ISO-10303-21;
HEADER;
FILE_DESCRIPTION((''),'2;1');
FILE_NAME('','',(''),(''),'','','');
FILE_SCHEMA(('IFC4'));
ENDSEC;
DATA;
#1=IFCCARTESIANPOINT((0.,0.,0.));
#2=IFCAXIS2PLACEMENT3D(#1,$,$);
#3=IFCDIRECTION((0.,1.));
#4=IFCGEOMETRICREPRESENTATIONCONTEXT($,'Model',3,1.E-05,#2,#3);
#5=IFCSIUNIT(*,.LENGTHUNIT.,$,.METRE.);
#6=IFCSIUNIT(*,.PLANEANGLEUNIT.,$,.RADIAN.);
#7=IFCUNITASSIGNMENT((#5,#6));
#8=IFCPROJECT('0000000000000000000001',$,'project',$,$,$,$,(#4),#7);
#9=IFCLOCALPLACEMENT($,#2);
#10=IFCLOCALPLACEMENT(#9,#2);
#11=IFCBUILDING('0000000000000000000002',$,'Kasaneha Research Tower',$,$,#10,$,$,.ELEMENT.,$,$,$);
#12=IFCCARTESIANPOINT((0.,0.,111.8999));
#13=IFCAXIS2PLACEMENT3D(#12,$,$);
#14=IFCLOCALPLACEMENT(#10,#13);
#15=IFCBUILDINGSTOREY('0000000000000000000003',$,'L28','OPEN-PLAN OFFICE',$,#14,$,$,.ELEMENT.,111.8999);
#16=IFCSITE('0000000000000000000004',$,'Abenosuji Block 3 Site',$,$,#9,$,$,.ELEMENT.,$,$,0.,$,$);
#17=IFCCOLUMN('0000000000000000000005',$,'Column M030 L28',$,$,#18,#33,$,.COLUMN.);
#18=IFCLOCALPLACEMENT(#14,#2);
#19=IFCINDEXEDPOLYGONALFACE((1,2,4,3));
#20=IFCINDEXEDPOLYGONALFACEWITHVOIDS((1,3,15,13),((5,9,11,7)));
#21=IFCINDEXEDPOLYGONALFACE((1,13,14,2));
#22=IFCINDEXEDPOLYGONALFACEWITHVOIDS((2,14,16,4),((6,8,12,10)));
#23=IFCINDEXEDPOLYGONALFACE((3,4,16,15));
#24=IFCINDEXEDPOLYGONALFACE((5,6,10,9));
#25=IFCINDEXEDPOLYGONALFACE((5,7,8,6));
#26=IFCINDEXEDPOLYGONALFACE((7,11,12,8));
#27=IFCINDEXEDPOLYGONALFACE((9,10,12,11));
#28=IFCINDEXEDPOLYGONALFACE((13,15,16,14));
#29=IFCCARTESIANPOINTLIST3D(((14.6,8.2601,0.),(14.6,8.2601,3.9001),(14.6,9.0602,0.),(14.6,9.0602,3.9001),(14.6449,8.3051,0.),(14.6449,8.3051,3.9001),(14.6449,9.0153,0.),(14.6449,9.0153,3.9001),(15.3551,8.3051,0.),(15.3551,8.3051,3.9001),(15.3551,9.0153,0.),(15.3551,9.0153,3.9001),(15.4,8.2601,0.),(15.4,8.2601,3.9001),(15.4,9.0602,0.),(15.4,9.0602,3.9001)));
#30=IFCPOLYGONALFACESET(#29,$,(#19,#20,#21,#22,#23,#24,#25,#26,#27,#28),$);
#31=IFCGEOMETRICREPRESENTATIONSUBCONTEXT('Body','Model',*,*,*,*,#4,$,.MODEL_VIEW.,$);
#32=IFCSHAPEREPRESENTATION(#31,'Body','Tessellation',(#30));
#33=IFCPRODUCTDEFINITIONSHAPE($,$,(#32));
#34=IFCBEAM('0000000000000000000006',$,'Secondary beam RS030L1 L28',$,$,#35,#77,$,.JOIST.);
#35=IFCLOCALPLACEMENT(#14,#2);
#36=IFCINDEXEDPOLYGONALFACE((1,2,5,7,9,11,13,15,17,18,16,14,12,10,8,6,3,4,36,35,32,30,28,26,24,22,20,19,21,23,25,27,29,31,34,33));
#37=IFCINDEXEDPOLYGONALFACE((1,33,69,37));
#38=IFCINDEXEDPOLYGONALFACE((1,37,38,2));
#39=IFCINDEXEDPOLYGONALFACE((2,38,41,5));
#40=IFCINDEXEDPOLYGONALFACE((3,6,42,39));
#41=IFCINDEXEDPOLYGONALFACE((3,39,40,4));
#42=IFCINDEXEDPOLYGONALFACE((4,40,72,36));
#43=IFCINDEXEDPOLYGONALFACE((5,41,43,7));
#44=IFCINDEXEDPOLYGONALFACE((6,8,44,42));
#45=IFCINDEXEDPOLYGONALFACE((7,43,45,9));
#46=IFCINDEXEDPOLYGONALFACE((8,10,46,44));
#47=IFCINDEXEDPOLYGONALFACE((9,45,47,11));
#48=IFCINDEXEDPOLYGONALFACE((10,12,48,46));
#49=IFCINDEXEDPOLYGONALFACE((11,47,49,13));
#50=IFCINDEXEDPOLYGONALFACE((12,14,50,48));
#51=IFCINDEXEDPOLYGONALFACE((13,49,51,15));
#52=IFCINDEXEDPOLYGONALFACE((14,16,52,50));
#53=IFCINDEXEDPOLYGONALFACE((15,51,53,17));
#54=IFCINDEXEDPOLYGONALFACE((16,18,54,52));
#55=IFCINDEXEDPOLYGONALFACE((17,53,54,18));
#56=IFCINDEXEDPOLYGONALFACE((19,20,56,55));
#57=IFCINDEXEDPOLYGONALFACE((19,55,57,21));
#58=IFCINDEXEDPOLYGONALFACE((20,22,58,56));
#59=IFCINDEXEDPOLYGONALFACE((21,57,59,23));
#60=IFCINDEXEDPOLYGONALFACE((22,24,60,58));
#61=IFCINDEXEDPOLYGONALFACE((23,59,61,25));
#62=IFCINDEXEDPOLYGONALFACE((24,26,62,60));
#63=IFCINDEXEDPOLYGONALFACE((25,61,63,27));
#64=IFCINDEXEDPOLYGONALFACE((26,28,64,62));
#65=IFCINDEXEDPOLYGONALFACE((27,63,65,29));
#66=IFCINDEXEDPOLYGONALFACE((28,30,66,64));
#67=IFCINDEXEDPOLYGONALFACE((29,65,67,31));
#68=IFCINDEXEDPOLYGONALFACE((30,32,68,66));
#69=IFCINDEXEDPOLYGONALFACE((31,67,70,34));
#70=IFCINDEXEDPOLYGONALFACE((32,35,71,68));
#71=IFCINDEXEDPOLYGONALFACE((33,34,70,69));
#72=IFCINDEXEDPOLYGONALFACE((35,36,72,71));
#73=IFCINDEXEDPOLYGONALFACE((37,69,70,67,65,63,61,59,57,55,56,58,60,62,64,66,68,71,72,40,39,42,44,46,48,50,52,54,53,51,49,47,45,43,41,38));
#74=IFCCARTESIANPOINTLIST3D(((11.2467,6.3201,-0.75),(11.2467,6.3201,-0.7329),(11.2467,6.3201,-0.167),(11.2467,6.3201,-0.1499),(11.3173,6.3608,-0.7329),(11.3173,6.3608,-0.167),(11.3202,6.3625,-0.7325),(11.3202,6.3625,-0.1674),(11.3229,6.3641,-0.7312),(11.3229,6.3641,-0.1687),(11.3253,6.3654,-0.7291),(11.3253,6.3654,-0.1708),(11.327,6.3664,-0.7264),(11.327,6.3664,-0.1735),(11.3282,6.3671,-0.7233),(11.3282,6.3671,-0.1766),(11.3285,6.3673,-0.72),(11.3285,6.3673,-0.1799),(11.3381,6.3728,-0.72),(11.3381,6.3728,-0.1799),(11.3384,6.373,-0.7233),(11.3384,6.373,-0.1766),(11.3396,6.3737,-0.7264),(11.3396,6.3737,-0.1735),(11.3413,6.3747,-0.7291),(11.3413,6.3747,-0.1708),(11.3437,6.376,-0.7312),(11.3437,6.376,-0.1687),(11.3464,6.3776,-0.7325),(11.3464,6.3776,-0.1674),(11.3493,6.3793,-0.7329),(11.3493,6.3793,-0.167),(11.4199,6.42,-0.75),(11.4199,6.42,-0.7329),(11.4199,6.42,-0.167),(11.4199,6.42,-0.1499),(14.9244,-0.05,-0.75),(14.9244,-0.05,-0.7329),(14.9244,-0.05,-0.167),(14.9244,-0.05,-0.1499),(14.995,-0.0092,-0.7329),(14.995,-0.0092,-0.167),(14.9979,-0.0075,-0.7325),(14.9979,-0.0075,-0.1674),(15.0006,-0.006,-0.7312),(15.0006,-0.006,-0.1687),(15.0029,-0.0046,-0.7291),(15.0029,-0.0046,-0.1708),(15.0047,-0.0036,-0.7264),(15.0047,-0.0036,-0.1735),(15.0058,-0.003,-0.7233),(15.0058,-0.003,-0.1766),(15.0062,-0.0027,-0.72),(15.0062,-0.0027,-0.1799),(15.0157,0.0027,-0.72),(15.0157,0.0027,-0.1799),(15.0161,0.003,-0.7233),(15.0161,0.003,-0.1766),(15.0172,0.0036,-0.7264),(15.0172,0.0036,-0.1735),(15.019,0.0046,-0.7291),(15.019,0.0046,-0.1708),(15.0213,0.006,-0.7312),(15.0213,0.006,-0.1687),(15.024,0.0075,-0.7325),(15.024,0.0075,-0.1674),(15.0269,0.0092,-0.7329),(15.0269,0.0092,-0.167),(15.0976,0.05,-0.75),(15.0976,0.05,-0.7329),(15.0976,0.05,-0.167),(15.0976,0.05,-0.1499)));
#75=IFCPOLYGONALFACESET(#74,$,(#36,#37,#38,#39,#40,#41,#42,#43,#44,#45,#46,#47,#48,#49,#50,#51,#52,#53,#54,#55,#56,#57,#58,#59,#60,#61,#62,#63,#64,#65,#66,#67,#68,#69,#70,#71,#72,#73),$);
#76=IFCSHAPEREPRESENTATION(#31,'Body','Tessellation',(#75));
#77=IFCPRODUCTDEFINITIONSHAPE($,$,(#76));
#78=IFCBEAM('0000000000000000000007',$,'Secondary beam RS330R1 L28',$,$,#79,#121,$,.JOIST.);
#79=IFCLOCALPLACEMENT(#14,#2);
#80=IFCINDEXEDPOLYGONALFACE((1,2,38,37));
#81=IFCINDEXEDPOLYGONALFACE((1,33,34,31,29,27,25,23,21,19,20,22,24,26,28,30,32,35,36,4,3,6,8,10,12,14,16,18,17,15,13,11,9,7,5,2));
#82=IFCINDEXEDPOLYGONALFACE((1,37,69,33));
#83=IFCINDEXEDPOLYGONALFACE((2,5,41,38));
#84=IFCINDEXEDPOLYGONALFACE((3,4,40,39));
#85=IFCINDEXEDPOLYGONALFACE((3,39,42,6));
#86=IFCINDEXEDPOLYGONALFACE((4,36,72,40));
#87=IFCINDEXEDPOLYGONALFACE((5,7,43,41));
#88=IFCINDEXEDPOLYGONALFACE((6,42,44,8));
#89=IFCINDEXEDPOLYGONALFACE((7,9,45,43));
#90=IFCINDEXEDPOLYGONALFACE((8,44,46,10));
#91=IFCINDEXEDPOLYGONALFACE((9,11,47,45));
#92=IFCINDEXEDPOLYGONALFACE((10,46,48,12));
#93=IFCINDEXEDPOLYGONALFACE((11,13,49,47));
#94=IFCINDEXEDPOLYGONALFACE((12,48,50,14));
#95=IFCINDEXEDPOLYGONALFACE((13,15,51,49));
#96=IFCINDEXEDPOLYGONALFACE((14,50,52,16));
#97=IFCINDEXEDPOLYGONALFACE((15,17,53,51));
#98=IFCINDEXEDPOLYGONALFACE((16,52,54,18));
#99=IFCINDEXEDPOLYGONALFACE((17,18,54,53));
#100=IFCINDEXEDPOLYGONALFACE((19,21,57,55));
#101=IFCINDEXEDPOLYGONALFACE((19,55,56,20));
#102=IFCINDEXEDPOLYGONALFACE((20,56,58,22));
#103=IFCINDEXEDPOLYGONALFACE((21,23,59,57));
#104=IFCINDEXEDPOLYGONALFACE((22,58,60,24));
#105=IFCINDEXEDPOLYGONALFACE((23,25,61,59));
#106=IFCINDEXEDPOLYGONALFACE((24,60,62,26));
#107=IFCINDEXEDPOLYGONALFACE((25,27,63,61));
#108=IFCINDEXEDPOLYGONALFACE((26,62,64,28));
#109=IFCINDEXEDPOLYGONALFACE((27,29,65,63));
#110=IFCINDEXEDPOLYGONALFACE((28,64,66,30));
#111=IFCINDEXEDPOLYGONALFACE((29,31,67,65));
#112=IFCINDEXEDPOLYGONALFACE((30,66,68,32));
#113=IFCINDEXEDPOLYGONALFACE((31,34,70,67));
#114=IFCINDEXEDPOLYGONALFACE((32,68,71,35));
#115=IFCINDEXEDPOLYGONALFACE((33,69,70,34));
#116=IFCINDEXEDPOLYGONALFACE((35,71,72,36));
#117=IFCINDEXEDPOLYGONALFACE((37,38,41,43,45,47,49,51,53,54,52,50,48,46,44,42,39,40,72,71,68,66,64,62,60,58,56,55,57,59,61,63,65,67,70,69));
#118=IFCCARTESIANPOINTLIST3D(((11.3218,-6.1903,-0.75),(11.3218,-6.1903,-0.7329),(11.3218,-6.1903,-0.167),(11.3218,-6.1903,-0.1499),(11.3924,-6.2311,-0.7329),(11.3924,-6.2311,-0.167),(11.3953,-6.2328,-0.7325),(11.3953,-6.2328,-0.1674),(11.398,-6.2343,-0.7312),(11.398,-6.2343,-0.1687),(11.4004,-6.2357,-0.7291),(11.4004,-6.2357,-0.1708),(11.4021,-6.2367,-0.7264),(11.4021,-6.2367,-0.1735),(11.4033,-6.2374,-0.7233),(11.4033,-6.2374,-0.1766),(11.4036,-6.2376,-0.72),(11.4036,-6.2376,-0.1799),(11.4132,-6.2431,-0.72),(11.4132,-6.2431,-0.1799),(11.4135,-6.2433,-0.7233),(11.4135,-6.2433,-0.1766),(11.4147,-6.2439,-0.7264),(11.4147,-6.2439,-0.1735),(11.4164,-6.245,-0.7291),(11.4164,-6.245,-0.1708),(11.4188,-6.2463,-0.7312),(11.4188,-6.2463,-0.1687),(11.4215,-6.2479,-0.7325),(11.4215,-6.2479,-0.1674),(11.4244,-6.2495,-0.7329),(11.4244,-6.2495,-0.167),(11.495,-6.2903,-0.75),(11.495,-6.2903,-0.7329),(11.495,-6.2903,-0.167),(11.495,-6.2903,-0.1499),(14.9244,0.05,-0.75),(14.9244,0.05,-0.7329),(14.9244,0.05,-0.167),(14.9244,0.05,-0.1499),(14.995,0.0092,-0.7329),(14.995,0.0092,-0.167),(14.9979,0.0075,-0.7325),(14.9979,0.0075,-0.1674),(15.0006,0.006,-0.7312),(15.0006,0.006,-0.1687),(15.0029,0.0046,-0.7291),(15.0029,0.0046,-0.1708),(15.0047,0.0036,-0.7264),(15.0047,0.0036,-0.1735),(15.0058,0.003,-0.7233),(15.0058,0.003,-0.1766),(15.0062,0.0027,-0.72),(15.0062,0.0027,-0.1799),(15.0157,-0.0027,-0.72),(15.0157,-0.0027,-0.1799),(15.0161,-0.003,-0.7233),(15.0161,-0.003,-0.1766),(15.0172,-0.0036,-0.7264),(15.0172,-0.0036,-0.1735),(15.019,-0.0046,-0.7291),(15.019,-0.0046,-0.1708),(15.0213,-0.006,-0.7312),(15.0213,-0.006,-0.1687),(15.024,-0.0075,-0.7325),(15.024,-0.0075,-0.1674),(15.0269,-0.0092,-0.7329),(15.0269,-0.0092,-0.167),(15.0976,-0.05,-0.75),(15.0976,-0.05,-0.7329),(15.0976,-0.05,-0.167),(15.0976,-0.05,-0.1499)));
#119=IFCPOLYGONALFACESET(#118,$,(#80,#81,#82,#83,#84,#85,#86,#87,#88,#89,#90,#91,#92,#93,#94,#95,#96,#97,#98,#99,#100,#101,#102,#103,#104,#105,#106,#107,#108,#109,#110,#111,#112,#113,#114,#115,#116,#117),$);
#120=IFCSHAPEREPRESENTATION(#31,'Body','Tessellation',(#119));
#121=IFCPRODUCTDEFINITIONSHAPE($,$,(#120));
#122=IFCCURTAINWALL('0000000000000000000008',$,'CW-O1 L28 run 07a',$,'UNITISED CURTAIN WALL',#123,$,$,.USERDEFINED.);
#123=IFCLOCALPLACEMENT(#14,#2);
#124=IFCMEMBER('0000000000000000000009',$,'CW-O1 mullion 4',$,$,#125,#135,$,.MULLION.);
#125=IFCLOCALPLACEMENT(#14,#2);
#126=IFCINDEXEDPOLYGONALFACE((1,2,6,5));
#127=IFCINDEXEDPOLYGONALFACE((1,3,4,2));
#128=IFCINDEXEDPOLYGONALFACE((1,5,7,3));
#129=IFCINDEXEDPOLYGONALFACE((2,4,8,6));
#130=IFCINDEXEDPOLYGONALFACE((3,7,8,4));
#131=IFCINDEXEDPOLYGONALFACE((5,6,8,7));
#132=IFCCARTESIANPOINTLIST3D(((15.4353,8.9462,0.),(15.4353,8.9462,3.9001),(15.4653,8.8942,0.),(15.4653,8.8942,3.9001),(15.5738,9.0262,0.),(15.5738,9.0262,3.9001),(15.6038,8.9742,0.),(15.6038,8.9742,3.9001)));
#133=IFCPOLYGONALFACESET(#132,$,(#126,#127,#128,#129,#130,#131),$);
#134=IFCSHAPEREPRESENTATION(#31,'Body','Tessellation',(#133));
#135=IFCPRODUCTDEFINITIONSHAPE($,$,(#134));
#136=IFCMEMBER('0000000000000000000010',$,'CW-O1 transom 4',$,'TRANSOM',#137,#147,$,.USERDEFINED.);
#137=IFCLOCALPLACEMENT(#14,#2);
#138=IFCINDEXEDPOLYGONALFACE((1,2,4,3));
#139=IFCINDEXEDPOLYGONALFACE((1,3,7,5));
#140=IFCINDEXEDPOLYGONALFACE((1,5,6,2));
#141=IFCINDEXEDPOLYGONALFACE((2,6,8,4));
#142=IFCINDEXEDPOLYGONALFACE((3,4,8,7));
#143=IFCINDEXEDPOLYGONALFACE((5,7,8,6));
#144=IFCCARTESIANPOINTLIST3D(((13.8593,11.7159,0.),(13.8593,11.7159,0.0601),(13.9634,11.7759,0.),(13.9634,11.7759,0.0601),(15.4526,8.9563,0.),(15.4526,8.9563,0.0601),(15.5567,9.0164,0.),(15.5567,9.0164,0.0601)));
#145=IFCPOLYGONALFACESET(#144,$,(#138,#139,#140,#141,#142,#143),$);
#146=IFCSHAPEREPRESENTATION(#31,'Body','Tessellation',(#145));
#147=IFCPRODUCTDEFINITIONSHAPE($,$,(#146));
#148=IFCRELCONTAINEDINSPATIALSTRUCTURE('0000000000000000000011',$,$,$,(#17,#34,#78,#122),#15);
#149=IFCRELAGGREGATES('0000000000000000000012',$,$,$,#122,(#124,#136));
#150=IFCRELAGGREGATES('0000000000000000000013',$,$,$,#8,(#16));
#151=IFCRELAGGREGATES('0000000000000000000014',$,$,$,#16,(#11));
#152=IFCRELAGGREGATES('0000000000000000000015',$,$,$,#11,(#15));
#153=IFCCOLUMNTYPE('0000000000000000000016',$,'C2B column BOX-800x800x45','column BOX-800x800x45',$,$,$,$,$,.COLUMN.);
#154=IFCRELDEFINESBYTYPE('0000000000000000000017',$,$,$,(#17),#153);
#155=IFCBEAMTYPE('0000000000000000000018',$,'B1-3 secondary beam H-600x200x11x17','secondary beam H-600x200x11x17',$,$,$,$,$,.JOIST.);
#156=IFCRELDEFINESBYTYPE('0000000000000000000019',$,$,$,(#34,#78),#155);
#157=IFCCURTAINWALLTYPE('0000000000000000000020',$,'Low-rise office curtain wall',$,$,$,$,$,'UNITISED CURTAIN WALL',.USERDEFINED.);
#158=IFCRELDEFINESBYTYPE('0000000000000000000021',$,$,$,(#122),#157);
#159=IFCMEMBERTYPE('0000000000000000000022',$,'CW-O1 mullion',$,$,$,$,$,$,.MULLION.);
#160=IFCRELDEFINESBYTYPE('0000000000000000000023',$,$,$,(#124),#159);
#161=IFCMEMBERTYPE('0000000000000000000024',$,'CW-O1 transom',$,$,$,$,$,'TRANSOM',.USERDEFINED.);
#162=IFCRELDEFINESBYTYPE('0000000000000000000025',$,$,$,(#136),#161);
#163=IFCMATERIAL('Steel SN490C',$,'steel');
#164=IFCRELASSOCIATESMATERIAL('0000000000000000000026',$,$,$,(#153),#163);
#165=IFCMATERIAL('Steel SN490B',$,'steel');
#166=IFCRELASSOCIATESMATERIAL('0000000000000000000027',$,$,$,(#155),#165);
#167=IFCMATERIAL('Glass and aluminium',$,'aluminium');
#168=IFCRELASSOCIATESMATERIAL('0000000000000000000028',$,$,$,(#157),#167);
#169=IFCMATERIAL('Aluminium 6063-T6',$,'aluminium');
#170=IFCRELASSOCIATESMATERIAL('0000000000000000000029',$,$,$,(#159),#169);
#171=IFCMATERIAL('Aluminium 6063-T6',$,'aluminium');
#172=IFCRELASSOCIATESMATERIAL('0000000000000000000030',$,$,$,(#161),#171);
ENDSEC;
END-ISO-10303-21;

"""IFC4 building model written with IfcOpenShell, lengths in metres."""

from ifc_helpers import new_model, si_unit, direction, frame, origin, origin_2d, place, context, subcontext, project, spatial, rectangle, hollow_rectangle, i_section, extrude, material, material_profile, profile_set, type_object, element, aggregate, save


model = new_model("IFC4")

# Units and contexts
model_context = context("Model", 3, precision=1e-05, world=origin(), true_north=direction((0.0, 1.0)))
body_context = subcontext(model_context, "Body", "Model", "MODEL_VIEW")
ifc_project = project(units=[si_unit("LENGTHUNIT", "METRE"), si_unit("PLANEANGLEUNIT", "RADIAN")], contexts=[model_context])

# Site, building, storey
site_placement = place(None, origin())
site = spatial("IfcSite", under=ifc_project, at=site_placement, Name="Abenosuji Block 3 Site", CompositionType="ELEMENT", RefElevation=0.0)
building_placement = place(site_placement, origin())
building = spatial("IfcBuilding", under=site, at=building_placement, Name="Kasaneha Research Tower", CompositionType="ELEMENT")
storey_placement = place(building_placement, frame((0.0, 0.0, 111.8999)))
storey = spatial("IfcBuildingStorey", under=building, at=storey_placement, Name="L28", Description="OPEN-PLAN OFFICE", CompositionType="ELEMENT", Elevation=111.8999)

# Column
ifc_material_1 = material(Name="Steel SN490C", Category="steel")
ifc_material_profile_1 = material_profile(ifc_material_1, hollow_rectangle(XDim=0.8, YDim=0.8, WallThickness=0.0449, at=origin_2d()), Name="BOX-800x800x45")
ifc_profile_set_1 = profile_set([ifc_material_profile_1], Name="Steel SN490C")
column_type = type_object("IfcColumnType", Name="C2B column BOX-800x800x45", Description="column BOX-800x800x45", PredefinedType="COLUMN", material=ifc_profile_set_1)
column_placement = place(storey_placement, frame((15.0, 8.6602, 0.0), z_axis=(0.0, 0.0, 1.0), x_axis=(1.0, 0.0, 0.0)))
element("IfcColumn", 1, at=column_placement, inside=storey, type_object=column_type, Name="Column M030 L28", PredefinedType="COLUMN", context=body_context, shape_type="SweptSolid", body=[
    extrude(hollow_rectangle(XDim=0.8, YDim=0.8, WallThickness=0.0449, at=origin_2d()), origin(), (0.0, 0.0, 1.0), 3.9001),
])

# Beams
ifc_material_2 = material(Name="Steel SN490B", Category="steel")
ifc_material_profile_2 = material_profile(ifc_material_2, i_section(OverallWidth=0.2, OverallDepth=0.6001, WebThickness=0.011, FlangeThickness=0.0171, FilletRadius=0.0129, at=origin_2d()), Name="H-600x200x11x17")
ifc_profile_set_2 = profile_set([ifc_material_profile_2], Name="Steel SN490B")
beam_type_1 = type_object("IfcBeamType", Name="B1-3 secondary beam H-600x200x11x17", Description="secondary beam H-600x200x11x17", PredefinedType="JOIST", material=ifc_profile_set_2)
beam_1_placement = place(storey_placement, frame((15.011, 0.0, -0.45), z_axis=(-0.499994, 0.866029, 0.0), x_axis=(-0.866029, -0.499994, 0.0)))
element("IfcBeam", 2, at=beam_1_placement, inside=storey, type_object=beam_type_1, Name="Secondary beam RS030L1 L28", PredefinedType="JOIST", context=body_context, shape_type="SweptSolid", body=[
    extrude(i_section(OverallWidth=0.2, OverallDepth=0.6001, WebThickness=0.011, FlangeThickness=0.0171, FilletRadius=0.0129, at=origin_2d()), origin(), (0.0, 0.0, 1.0), 7.3555),
])
beam_2_placement = place(storey_placement, frame((15.011, 0.0, -0.45), z_axis=(-0.499973, -0.866041, 0.0), x_axis=(0.866041, -0.499973, 0.0)))
element("IfcBeam", 3, at=beam_2_placement, inside=storey, type_object=beam_type_1, Name="Secondary beam RS330R1 L28", PredefinedType="JOIST", context=body_context, shape_type="SweptSolid", body=[
    extrude(i_section(OverallWidth=0.2, OverallDepth=0.6001, WebThickness=0.011, FlangeThickness=0.0171, FilletRadius=0.0129, at=origin_2d()), origin(), (0.0, 0.0, 1.0), 7.2056),
])

# Curtain wall, members
ifc_material_3 = material(Name="Glass and aluminium", Category="aluminium")
curtain_wall_type = type_object("IfcCurtainWallType", Name="Low-rise office curtain wall", ElementType="UNITISED CURTAIN WALL", PredefinedType="USERDEFINED", material=ifc_material_3)
curtain_wall_placement = place(storey_placement, origin())
curtain_wall = element("IfcCurtainWall", 4, at=curtain_wall_placement, inside=storey, type_object=curtain_wall_type, Name="CW-O1 L28 run 07a", ObjectType="UNITISED CURTAIN WALL", PredefinedType="USERDEFINED")
ifc_material_4 = material(Name="Aluminium 6063-T6", Category="aluminium")
ifc_material_profile_3 = material_profile(ifc_material_4, rectangle(XDim=0.0601, YDim=0.1599, at=origin_2d()), Name="CW-O1 mullion 60x160")
ifc_profile_set_3 = profile_set([ifc_material_profile_3], Name="Aluminium 6063-T6")
member_type_1 = type_object("IfcMemberType", Name="CW-O1 mullion", PredefinedType="MULLION", material=ifc_profile_set_3)
member_1_placement = place(storey_placement, frame((15.5195, 8.9602, 0.0), z_axis=(0.0, 0.0, 1.0), x_axis=(-0.5, 0.866025, 0.0)))
member_1 = element("IfcMember", 5, at=member_1_placement, type_object=member_type_1, Name="CW-O1 mullion 4", PredefinedType="MULLION", context=body_context, shape_type="SweptSolid", body=[
    extrude(rectangle(XDim=0.0601, YDim=0.1599, at=origin_2d()), origin(), (0.0, 0.0, 1.0), 3.9001),
])
ifc_material_5 = material(Name="Aluminium 6063-T6", Category="aluminium")
ifc_material_profile_4 = material_profile(ifc_material_5, rectangle(XDim=0.1201, YDim=0.0601, at=origin_2d()), Name="CW-O1 transom 120x60")
ifc_profile_set_4 = profile_set([ifc_material_profile_4], Name="Aluminium 6063-T6")
member_type_2 = type_object("IfcMemberType", Name="CW-O1 transom", ElementType="TRANSOM", PredefinedType="USERDEFINED", material=ifc_profile_set_4)
member_2_placement = place(storey_placement, frame((15.5046, 8.9863, 0.03), z_axis=(-0.500012, 0.866018, 0.0), x_axis=(-0.866018, -0.500012, 0.0)))
member_2 = element("IfcMember", 6, at=member_2_placement, type_object=member_type_2, Name="CW-O1 transom 4", ObjectType="TRANSOM", PredefinedType="USERDEFINED", context=body_context, shape_type="SweptSolid", body=[
    extrude(rectangle(XDim=0.1201, YDim=0.0601, at=origin_2d()), origin(), (0.0, 0.0, 1.0), 3.1865),
])

aggregate(curtain_wall, [member_1, member_2])

save(model, "model.ifc")
